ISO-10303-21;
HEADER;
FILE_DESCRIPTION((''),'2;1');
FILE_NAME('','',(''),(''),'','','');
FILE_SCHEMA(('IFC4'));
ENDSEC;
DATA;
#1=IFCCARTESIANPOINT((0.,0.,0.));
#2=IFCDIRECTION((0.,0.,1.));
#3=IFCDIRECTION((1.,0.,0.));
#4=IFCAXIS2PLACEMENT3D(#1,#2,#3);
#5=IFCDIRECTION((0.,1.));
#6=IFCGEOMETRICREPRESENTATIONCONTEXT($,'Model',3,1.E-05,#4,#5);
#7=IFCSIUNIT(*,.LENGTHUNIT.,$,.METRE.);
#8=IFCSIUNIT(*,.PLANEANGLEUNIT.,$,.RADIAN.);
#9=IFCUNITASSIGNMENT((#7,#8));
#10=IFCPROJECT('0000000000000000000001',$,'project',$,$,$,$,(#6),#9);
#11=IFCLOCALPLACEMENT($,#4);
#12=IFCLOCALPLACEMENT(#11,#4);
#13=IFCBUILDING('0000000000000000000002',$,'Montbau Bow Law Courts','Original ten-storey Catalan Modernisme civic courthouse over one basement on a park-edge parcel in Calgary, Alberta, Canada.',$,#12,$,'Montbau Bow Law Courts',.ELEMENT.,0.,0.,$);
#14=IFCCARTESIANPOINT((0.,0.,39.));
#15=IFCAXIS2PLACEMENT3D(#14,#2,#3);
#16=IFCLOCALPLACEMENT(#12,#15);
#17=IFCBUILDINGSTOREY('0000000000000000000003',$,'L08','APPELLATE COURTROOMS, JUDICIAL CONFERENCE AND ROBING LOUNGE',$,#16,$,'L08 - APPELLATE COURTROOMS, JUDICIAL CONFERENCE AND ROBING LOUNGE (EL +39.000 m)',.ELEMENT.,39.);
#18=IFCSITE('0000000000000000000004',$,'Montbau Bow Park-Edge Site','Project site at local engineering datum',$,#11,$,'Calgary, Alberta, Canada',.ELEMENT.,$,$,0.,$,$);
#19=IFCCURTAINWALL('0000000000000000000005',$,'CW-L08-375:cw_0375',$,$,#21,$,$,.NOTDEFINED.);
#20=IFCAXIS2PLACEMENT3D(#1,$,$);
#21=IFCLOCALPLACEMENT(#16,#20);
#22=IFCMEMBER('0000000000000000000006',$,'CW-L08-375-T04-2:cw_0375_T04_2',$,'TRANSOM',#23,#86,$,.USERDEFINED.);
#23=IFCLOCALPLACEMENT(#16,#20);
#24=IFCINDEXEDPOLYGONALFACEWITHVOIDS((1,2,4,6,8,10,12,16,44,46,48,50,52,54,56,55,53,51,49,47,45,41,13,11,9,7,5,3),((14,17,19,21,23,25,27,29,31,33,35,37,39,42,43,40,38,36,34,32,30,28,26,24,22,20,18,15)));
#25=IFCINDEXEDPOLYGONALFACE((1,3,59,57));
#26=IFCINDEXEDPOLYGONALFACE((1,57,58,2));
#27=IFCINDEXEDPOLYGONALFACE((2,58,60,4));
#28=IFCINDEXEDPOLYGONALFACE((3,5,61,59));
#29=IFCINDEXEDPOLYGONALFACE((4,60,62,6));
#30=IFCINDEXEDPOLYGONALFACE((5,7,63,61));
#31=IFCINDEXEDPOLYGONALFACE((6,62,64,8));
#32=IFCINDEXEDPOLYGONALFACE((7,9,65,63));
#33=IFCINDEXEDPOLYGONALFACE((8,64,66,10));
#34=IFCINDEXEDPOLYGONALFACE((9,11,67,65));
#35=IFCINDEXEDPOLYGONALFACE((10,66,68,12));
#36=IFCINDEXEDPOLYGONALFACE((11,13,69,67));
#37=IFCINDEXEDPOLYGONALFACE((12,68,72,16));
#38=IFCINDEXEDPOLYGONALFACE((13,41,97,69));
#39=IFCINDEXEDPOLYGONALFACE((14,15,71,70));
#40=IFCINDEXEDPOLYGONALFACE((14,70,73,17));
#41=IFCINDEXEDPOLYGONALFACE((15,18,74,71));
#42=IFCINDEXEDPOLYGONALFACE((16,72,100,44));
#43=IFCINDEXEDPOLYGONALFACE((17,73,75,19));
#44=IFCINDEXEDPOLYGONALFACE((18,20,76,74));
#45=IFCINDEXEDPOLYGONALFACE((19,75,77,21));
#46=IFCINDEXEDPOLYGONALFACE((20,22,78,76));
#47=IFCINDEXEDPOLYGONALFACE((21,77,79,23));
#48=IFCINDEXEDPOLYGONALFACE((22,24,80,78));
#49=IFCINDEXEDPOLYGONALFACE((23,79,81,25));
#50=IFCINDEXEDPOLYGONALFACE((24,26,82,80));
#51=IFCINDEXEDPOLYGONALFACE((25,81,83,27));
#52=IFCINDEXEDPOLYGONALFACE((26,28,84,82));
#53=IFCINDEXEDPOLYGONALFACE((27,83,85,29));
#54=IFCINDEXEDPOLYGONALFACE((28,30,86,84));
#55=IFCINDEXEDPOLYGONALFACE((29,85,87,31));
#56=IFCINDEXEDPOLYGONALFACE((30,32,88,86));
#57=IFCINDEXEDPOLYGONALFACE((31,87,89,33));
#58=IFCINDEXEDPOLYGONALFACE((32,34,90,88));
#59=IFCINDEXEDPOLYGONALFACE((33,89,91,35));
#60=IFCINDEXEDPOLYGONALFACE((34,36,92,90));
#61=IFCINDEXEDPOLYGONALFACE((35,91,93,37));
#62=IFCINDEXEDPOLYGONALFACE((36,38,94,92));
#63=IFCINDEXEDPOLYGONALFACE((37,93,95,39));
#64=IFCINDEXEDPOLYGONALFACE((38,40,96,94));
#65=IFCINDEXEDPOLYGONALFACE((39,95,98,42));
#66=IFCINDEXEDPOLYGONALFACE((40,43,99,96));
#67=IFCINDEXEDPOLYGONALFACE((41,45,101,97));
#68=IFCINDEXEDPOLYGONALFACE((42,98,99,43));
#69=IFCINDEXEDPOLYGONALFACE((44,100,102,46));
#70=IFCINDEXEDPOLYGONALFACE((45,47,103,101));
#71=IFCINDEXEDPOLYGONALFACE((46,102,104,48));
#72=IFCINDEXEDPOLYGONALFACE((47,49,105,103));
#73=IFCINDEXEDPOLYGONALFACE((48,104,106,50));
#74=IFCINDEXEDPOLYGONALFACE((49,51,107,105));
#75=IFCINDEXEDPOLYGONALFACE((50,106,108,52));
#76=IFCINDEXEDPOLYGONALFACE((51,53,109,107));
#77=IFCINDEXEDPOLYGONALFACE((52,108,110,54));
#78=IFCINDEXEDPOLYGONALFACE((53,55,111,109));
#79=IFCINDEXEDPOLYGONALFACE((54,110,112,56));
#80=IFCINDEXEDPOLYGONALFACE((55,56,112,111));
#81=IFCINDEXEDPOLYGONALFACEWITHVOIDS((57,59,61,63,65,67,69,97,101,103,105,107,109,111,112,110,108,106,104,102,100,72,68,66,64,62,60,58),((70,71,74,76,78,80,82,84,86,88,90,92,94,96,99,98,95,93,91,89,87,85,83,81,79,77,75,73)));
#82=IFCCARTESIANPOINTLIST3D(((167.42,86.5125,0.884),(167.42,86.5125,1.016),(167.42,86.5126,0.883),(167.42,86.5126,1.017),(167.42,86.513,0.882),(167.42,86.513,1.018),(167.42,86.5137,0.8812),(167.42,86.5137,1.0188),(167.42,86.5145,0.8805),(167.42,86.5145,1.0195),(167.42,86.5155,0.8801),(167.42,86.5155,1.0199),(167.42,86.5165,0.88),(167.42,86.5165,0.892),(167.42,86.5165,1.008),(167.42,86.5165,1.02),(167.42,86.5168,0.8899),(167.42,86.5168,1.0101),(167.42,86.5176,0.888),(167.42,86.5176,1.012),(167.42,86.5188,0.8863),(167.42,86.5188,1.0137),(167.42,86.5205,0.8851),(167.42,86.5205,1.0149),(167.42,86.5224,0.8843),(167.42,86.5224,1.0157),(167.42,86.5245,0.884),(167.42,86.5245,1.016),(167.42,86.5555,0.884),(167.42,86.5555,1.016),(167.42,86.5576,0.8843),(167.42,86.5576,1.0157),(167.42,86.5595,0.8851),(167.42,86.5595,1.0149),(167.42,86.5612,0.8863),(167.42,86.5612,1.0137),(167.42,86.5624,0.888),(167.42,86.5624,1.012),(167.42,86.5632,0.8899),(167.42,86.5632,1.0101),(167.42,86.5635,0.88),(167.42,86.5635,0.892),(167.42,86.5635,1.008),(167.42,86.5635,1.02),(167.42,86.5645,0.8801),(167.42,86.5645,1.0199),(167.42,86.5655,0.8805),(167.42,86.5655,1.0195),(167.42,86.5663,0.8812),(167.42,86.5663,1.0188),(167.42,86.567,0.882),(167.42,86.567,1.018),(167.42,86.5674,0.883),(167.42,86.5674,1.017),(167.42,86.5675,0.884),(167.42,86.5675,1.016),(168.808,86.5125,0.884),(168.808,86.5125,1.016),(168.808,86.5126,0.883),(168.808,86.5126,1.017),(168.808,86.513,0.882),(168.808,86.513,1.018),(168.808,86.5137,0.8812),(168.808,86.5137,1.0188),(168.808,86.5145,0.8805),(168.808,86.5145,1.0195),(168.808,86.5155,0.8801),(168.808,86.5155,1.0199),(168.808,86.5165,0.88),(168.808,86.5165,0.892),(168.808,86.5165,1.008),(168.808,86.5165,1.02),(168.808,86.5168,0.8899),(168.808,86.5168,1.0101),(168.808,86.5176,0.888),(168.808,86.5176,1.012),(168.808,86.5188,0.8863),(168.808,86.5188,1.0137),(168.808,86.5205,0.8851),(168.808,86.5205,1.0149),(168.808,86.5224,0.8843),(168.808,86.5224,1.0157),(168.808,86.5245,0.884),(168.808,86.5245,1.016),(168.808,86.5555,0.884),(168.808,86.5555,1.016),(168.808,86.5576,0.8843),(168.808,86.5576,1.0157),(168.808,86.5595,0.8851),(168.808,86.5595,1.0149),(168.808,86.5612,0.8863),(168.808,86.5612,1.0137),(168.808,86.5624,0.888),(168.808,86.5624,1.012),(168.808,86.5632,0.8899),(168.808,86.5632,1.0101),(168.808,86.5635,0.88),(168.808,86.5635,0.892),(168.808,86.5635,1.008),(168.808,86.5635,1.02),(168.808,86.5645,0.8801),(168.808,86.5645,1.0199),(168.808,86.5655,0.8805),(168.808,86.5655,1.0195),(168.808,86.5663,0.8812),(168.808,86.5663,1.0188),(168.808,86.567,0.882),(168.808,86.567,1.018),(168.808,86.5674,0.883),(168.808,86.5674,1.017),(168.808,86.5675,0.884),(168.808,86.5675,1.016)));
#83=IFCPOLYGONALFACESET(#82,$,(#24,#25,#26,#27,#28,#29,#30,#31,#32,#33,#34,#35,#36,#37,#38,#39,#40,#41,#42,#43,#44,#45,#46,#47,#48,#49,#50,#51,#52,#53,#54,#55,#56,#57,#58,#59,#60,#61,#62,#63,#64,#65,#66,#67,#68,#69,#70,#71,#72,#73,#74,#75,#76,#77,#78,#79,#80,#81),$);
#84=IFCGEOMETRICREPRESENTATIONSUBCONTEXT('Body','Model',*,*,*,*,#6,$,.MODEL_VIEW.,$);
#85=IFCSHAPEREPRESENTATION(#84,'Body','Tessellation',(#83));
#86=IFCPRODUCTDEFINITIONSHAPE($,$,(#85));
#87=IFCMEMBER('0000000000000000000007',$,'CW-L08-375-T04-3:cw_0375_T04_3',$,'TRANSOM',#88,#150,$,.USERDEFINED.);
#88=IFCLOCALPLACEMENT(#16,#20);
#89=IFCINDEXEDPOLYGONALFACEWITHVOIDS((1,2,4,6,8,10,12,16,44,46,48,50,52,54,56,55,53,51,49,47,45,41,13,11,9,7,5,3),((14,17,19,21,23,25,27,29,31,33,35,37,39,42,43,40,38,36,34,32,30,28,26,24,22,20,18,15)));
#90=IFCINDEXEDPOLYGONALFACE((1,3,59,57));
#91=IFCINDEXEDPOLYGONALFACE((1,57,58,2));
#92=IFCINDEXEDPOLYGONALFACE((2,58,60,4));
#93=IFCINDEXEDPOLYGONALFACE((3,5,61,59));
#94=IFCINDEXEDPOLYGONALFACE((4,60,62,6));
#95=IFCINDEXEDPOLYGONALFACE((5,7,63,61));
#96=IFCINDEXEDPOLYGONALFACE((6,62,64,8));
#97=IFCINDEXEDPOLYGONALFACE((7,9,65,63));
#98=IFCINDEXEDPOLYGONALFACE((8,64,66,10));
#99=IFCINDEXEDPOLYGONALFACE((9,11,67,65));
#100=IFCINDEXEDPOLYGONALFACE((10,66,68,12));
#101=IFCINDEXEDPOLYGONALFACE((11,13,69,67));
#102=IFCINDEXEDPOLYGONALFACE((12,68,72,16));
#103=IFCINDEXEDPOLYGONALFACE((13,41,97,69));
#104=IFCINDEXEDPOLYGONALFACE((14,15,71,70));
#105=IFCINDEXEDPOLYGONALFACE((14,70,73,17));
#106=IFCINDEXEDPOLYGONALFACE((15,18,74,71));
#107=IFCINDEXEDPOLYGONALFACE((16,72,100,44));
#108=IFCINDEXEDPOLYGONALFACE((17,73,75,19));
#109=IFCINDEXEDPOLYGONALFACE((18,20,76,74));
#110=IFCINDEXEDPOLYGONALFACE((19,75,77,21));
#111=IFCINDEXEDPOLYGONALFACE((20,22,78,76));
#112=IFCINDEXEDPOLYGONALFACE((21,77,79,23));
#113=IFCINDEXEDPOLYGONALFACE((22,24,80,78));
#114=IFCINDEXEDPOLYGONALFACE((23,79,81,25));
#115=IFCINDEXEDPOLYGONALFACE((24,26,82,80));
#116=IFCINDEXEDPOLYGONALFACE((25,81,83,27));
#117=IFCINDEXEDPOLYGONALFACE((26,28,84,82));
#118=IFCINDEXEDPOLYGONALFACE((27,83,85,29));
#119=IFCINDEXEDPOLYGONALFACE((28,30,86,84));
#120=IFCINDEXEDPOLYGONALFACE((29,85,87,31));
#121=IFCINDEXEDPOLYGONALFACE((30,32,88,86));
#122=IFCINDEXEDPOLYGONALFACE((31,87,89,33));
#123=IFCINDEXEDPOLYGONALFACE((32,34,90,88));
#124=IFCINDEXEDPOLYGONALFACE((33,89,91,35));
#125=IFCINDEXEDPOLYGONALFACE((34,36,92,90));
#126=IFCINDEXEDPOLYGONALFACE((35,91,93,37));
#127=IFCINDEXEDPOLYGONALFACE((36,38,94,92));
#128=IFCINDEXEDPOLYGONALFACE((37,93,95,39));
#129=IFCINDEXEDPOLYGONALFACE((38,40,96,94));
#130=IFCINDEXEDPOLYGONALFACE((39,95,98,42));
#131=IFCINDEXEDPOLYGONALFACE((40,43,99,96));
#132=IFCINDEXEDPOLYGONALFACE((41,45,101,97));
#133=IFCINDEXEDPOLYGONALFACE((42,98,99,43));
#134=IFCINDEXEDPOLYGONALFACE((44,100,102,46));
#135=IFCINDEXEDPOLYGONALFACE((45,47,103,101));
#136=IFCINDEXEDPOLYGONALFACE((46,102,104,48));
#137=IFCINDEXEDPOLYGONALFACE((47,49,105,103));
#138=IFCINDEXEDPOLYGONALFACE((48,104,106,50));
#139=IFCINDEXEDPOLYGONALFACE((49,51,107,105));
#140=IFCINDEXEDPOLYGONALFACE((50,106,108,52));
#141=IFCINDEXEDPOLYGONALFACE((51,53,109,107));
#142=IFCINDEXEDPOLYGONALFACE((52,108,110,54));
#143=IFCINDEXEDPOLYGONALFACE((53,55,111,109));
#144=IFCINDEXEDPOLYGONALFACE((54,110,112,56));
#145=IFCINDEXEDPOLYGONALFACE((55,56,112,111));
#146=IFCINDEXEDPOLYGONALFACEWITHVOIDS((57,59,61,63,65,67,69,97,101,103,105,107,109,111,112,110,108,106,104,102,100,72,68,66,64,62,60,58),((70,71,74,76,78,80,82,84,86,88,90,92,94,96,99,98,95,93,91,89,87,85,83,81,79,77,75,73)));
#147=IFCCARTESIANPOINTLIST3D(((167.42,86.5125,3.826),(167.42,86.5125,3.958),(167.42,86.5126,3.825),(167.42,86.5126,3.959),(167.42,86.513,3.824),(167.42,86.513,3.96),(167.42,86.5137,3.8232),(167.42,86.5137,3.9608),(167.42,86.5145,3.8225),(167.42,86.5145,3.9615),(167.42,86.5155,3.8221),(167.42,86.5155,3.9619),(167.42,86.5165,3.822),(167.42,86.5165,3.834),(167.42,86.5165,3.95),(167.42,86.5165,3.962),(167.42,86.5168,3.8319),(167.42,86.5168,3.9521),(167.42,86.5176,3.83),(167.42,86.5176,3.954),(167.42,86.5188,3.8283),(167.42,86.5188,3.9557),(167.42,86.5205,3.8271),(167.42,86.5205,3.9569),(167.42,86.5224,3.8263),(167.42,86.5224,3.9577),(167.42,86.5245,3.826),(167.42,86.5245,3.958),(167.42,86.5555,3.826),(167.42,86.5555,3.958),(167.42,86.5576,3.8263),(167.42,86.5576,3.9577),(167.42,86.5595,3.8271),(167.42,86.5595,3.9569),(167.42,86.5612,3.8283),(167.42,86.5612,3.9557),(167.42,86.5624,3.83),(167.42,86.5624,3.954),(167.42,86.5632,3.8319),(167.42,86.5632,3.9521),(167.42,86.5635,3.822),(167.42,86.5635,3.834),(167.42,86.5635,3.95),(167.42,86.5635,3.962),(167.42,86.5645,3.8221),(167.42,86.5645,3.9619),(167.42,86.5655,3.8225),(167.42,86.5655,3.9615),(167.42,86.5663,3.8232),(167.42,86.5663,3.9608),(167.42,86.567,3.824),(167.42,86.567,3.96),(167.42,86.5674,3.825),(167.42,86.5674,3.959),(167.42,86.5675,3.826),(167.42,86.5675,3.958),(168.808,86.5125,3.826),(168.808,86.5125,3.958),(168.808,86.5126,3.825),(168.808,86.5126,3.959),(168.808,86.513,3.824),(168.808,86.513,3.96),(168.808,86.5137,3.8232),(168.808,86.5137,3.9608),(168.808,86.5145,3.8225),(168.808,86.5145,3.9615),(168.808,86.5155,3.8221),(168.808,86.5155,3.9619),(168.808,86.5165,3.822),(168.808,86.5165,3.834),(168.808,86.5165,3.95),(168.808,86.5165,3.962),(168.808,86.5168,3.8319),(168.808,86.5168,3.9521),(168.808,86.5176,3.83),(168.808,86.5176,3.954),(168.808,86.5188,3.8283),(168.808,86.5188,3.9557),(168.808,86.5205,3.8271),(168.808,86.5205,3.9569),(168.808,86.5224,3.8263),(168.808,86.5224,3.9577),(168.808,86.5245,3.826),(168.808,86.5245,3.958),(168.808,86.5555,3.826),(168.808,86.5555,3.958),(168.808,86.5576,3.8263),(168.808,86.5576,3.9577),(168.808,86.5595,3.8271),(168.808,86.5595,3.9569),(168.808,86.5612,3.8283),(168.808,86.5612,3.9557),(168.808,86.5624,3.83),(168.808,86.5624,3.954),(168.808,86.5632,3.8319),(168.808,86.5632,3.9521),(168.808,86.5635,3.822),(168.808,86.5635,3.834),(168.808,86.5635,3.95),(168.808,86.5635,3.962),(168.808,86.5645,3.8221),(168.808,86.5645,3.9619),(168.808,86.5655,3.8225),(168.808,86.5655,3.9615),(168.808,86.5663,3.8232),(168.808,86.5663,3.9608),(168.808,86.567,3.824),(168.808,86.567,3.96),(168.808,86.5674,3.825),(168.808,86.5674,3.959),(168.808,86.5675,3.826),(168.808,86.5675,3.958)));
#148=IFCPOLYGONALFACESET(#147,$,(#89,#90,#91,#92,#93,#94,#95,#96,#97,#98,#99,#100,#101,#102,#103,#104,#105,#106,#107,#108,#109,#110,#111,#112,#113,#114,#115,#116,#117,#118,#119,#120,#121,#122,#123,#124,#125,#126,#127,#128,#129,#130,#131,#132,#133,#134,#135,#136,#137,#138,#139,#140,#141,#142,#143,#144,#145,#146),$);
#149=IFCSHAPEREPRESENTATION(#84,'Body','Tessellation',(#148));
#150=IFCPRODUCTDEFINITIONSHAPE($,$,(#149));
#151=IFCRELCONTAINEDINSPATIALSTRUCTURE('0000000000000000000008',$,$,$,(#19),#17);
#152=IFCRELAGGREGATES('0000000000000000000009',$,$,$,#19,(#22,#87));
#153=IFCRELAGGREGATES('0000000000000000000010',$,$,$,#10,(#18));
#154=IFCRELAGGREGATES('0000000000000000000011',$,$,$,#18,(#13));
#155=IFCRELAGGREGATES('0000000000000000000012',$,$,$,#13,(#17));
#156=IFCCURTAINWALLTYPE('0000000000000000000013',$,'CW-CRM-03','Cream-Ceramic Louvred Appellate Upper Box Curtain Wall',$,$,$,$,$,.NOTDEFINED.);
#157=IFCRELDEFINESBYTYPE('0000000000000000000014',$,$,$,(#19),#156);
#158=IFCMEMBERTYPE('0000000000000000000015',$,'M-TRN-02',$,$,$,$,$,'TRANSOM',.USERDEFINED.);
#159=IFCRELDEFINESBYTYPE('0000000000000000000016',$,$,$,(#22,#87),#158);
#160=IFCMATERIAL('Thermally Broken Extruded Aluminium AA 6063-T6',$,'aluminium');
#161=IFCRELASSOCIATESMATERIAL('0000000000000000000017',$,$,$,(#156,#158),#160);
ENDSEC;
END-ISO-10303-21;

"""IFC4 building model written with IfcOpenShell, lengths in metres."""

from ifc_helpers import new_model, si_unit, direction, frame, origin_with_axes, origin_2d_with_axis, place, context, subcontext, project, spatial, hollow_rectangle, extrude, material, material_profile, profile_set, type_object, element, aggregate, save


model = new_model("IFC4")

# Units and contexts
model_context = context("Model", 3, precision=1e-05, world=origin_with_axes(), true_north=direction((0.0, 1.0)))
body_context = subcontext(model_context, "Body", "Model", "MODEL_VIEW")
ifc_project = project(units=[si_unit("LENGTHUNIT", "METRE"), si_unit("PLANEANGLEUNIT", "RADIAN")], contexts=[model_context])

# Site, building, storey
site_placement = place(None, origin_with_axes())
site = spatial("IfcSite", under=ifc_project, at=site_placement, Name="Montbau Bow Park-Edge Site", Description="Project site at local engineering datum", LongName="Calgary, Alberta, Canada", CompositionType="ELEMENT", RefElevation=0.0)
building_placement = place(site_placement, origin_with_axes())
building = spatial("IfcBuilding", under=site, at=building_placement, Name="Montbau Bow Law Courts", Description="Original ten-storey Catalan Modernisme civic courthouse over one basement on a park-edge parcel in Calgary, Alberta, Canada.", LongName="Montbau Bow Law Courts", CompositionType="ELEMENT", ElevationOfRefHeight=0.0, ElevationOfTerrain=0.0)
storey_placement = place(building_placement, frame((0.0, 0.0, 39.0), z_axis=(0.0, 0.0, 1.0), x_axis=(1.0, 0.0, 0.0)))
storey = spatial("IfcBuildingStorey", under=building, at=storey_placement, Name="L08", Description="APPELLATE COURTROOMS, JUDICIAL CONFERENCE AND ROBING LOUNGE", LongName="L08 - APPELLATE COURTROOMS, JUDICIAL CONFERENCE AND ROBING LOUNGE (EL +39.000 m)", CompositionType="ELEMENT", Elevation=39.0)

# Curtain wall
ifc_material_1 = material(Name="Thermally Broken Extruded Aluminium AA 6063-T6", Category="aluminium")
curtain_wall_type = type_object("IfcCurtainWallType", Name="CW-CRM-03", Description="Cream-Ceramic Louvred Appellate Upper Box Curtain Wall", PredefinedType="NOTDEFINED", material=ifc_material_1)
curtain_wall_1_placement = place(None, frame((162.868, 86.54, 39.0), z_axis=(0.0, 0.0, 1.0), x_axis=(1.0, 0.0, 0.0)))
curtain_wall_1 = element("IfcCurtainWall", 1, at=curtain_wall_1_placement, inside=storey, type_object=curtain_wall_type, Name="CW-L08-375:cw_0375", PredefinedType="NOTDEFINED")

# Members
ifc_material_profile_1 = material_profile(ifc_material_1, hollow_rectangle(XDim=0.055, YDim=0.14, WallThickness=0.004, InnerFilletRadius=0.008, OuterFilletRadius=0.004, at=origin_2d_with_axis()), Name="CWT-140X55", Category="Main", Priority=0)
ifc_profile_set_1 = profile_set([ifc_material_profile_1], Name="Thermally Broken Extruded Aluminium AA 6063-T6")
member_type_1 = type_object("IfcMemberType", Name="M-TRN-02", ElementType="TRANSOM", PredefinedType="USERDEFINED", material=ifc_profile_set_1)
member_1_placement = place(None, frame((167.42, 86.54, 39.95), z_axis=(1.0, 0.0, 0.0), x_axis=(0.0, 1.0, 0.0)))
member_1 = element("IfcMember", 2, at=member_1_placement, type_object=member_type_1, Name="CW-L08-375-T04-2:cw_0375_T04_2", ObjectType="TRANSOM", PredefinedType="USERDEFINED", context=body_context, shape_type="SweptSolid", body=[
    extrude(hollow_rectangle(XDim=0.055, YDim=0.14, WallThickness=0.004, InnerFilletRadius=0.008, OuterFilletRadius=0.004, at=origin_2d_with_axis()), origin_with_axes(), (0.0, 0.0, 1.0), 1.388),
])
member_2_placement = place(None, frame((167.42, 86.54, 42.892), z_axis=(1.0, 0.0, 0.0), x_axis=(0.0, 1.0, 0.0)))
member_2 = element("IfcMember", 3, at=member_2_placement, type_object=member_type_1, Name="CW-L08-375-T04-3:cw_0375_T04_3", ObjectType="TRANSOM", PredefinedType="USERDEFINED", context=body_context, shape_type="SweptSolid", body=[
    extrude(hollow_rectangle(XDim=0.055, YDim=0.14, WallThickness=0.004, InnerFilletRadius=0.008, OuterFilletRadius=0.004, at=origin_2d_with_axis()), origin_with_axes(), (0.0, 0.0, 1.0), 1.388),
])

aggregate(curtain_wall_1, [member_1, member_2])

save(model, "model.ifc")
